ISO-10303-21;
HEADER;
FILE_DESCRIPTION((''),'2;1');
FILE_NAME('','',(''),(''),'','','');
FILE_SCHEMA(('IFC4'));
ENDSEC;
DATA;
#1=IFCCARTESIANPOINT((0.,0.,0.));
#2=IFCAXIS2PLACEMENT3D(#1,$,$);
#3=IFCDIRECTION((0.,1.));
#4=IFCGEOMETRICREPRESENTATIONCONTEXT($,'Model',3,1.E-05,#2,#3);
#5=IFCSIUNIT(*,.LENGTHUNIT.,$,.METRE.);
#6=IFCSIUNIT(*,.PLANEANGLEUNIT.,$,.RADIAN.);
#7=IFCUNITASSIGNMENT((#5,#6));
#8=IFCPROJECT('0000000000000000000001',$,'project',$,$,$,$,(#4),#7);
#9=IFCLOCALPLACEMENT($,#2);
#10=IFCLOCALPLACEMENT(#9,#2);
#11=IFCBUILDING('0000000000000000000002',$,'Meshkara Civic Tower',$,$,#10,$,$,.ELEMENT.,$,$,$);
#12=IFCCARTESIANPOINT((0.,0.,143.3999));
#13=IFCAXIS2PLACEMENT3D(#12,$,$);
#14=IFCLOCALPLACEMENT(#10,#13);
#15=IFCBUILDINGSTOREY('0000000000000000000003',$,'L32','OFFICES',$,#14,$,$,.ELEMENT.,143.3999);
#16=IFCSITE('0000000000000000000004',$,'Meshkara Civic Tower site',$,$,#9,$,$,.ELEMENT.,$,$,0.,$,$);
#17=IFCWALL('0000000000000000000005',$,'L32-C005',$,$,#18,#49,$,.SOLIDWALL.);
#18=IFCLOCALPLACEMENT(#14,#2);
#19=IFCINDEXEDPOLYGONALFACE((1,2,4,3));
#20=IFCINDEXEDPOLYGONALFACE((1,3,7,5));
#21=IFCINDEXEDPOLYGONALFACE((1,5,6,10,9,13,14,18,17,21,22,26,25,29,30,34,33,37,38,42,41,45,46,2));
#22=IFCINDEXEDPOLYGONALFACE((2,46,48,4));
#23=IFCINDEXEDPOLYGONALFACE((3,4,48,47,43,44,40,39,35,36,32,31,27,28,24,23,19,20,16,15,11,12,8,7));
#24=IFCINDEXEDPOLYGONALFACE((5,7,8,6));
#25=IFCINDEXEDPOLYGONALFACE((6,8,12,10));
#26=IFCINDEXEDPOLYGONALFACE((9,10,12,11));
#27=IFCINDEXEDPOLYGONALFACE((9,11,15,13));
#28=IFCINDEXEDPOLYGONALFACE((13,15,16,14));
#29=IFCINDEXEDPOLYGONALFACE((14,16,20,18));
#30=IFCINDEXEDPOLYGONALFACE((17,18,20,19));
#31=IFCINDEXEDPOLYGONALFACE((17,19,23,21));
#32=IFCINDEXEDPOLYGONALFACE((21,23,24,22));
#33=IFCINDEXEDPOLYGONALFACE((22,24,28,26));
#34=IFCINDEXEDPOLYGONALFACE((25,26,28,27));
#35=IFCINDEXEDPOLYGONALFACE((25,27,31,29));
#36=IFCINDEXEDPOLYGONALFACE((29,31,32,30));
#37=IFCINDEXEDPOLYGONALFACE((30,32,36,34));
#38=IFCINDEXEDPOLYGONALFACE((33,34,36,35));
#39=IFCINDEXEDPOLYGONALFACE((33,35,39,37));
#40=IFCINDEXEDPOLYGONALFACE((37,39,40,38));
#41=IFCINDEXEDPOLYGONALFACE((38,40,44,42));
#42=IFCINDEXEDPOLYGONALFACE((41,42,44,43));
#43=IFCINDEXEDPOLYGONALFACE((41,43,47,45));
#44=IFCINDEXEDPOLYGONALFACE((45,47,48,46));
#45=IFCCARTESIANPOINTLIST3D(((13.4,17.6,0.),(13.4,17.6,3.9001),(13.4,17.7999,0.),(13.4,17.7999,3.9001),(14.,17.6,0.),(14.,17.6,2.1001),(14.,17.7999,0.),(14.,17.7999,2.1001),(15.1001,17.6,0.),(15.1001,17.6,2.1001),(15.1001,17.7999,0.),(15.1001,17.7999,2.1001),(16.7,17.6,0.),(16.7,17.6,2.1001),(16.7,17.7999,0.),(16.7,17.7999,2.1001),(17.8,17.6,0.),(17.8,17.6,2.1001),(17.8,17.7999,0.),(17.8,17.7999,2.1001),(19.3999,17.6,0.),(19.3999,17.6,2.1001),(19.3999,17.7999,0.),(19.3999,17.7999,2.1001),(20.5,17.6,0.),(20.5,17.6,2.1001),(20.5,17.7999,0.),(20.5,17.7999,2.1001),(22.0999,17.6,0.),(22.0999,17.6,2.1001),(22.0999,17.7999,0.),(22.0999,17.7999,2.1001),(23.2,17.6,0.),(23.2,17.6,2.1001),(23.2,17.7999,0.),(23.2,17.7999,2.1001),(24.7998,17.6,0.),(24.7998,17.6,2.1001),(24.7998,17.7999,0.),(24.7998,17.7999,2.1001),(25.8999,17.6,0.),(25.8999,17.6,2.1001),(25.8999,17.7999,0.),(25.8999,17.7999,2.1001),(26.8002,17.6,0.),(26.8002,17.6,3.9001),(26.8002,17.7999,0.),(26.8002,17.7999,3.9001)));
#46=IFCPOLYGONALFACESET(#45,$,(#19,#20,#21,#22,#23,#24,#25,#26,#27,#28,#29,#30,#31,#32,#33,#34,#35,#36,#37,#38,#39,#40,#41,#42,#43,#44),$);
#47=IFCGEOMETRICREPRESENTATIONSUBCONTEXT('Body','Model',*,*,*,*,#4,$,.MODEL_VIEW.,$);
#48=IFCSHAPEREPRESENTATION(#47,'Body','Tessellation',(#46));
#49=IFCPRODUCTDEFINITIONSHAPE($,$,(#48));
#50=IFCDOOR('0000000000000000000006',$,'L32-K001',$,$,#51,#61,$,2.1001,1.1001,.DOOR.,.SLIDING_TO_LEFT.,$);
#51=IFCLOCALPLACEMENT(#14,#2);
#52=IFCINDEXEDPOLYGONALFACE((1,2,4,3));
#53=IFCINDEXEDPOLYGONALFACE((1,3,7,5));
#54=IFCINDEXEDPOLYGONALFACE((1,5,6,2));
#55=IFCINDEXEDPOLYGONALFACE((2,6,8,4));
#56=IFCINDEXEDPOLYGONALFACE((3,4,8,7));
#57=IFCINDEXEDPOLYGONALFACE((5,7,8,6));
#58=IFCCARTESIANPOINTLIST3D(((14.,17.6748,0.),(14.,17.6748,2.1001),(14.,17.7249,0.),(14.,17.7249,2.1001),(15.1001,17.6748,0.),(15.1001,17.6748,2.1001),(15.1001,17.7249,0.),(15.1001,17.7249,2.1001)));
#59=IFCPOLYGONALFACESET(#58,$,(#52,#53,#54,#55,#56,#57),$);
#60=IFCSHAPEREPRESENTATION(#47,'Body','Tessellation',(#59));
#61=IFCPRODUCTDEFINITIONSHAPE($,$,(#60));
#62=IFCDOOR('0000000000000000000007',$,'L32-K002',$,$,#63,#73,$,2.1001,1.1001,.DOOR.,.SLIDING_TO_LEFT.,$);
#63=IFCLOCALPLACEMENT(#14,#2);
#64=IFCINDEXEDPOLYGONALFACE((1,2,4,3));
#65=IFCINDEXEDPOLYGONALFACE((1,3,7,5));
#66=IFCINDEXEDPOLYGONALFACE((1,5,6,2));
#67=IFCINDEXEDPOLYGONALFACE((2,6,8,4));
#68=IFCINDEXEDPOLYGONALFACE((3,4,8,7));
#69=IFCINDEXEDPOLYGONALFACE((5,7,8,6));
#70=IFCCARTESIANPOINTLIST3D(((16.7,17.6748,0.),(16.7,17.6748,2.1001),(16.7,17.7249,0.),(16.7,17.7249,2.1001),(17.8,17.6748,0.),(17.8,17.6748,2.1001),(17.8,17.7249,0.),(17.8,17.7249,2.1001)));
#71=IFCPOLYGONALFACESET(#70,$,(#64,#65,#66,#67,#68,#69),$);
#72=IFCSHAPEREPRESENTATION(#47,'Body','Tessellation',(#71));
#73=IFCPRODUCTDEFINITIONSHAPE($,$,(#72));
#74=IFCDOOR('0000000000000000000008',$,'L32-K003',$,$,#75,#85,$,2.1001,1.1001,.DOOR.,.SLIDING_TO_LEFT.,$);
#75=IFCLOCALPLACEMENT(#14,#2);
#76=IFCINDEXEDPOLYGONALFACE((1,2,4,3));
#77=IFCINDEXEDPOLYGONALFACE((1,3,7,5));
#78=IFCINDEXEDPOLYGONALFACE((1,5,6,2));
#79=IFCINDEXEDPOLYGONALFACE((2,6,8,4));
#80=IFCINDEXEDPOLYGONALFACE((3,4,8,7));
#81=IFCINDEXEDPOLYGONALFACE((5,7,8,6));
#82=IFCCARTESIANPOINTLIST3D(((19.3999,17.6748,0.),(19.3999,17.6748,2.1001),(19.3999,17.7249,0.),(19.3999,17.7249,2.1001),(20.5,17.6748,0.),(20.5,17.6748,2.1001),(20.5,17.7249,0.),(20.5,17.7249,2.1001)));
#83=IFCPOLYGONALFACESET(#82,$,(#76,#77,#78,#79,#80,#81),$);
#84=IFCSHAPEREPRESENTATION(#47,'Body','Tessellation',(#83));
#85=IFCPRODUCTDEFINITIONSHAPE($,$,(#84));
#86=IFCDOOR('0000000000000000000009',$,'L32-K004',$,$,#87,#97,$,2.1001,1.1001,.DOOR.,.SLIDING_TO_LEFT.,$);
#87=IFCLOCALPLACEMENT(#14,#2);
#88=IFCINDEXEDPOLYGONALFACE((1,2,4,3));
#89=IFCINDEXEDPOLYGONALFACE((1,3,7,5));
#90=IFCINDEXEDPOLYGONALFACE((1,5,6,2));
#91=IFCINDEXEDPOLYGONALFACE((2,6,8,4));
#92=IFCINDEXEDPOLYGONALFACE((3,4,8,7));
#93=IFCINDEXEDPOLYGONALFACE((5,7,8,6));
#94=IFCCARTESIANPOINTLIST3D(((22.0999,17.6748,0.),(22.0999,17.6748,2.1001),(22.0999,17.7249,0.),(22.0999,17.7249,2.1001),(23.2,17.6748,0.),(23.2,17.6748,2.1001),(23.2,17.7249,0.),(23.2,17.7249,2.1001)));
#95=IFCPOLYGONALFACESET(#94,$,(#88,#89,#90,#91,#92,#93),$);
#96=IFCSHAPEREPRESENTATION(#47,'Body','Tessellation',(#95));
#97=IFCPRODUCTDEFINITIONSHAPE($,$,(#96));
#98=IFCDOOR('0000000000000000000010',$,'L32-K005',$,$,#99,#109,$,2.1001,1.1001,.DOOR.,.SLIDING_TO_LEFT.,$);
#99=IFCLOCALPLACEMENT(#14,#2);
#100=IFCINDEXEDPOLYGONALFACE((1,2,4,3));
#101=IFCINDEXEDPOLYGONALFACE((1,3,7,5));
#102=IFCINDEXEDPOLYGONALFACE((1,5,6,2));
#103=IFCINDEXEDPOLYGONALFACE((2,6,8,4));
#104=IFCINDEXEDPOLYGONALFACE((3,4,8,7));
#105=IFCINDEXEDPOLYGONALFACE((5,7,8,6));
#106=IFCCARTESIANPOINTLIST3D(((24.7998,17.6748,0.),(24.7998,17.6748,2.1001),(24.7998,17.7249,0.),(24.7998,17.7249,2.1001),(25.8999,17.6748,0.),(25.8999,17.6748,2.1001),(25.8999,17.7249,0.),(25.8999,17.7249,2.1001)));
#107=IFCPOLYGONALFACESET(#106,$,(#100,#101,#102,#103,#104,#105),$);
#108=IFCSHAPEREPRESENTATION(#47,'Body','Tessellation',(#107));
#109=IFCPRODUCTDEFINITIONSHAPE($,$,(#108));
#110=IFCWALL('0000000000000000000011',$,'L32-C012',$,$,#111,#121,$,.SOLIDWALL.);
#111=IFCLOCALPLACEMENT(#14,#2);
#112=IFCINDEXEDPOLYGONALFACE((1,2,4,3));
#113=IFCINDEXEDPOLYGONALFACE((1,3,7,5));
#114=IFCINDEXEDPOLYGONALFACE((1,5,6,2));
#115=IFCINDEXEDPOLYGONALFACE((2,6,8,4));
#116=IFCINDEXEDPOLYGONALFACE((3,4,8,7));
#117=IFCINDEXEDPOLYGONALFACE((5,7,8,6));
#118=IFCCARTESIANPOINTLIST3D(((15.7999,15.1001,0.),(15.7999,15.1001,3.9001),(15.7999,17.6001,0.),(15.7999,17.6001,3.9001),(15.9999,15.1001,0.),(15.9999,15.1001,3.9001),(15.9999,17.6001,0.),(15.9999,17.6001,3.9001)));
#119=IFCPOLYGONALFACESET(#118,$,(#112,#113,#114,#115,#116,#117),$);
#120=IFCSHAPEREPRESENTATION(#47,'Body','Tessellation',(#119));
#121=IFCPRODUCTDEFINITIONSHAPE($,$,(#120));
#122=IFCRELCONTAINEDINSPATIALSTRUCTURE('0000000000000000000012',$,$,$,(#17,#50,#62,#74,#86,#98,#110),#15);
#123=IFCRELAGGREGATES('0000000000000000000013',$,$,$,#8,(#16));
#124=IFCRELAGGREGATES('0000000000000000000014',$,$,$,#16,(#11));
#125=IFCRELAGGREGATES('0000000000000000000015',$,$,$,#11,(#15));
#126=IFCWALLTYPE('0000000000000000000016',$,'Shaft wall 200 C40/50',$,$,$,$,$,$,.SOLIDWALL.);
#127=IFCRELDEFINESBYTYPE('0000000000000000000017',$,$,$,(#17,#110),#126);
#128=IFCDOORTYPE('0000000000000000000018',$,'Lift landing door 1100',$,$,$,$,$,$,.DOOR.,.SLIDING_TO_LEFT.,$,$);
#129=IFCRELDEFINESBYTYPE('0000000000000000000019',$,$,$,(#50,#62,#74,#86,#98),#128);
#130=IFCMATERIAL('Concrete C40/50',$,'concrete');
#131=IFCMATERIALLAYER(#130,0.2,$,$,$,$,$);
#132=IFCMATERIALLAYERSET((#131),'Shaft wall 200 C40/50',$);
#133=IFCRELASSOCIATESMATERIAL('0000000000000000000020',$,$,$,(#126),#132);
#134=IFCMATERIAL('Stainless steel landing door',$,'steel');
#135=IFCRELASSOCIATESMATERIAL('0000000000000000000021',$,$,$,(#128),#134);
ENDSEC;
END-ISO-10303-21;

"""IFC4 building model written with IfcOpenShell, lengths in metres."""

from ifc_helpers import new_model, si_unit, direction, frame, frame_2d, origin, place, context, subcontext, project, spatial, rectangle, extrude, material, layer, layer_set, type_object, element, fill, save


model = new_model("IFC4")

# Units and contexts
model_context = context("Model", 3, precision=1e-05, world=origin(), true_north=direction((0.0, 1.0)))
body_context = subcontext(model_context, "Body", "Model", "MODEL_VIEW")
ifc_project = project(units=[si_unit("LENGTHUNIT", "METRE"), si_unit("PLANEANGLEUNIT", "RADIAN")], contexts=[model_context])

# Site, building, storey
site_placement = place(None, origin())
site = spatial("IfcSite", under=ifc_project, at=site_placement, Name="Meshkara Civic Tower site", CompositionType="ELEMENT", RefElevation=0.0)
building_placement = place(site_placement, origin())
building = spatial("IfcBuilding", under=site, at=building_placement, Name="Meshkara Civic Tower", CompositionType="ELEMENT")
storey_placement = place(building_placement, frame((0.0, 0.0, 143.3999)))
storey = spatial("IfcBuildingStorey", under=building, at=storey_placement, Name="L32", Description="OFFICES", CompositionType="ELEMENT", Elevation=143.3999)

# Wall, openings, doors
ifc_material_1 = material(Name="Concrete C40/50", Category="concrete")
ifc_layer_1 = layer(ifc_material_1, 0.2)
ifc_layer_set_1 = layer_set([ifc_layer_1], Name="Shaft wall 200 C40/50")
wall_type_1 = type_object("IfcWallType", Name="Shaft wall 200 C40/50", PredefinedType="SOLIDWALL", material=ifc_layer_set_1)
wall_1_placement = place(storey_placement, frame((13.3999, 17.7, 0.0), z_axis=(0.0, 0.0, 1.0), x_axis=(1.0, 0.0, 0.0)))
wall_1 = element("IfcWall", 1, at=wall_1_placement, inside=storey, type_object=wall_type_1, Name="L32-C005", PredefinedType="SOLIDWALL", context=body_context, shape_type="SweptSolid", body=[
    extrude(rectangle(XDim=13.4001, YDim=0.2, at=frame_2d((6.7002, 0.0))), origin(), (0.0, 0.0, 1.0), 3.9001),
])
opening_1_placement = place(wall_1_placement, frame((0.6001, 0.0, 0.0)))
opening_1 = element("IfcOpeningElement", 2, at=opening_1_placement, cuts=wall_1, PredefinedType="OPENING", context=body_context, shape_type="SweptSolid", body=[
    extrude(rectangle(XDim=1.1001, YDim=2.1001, at=frame_2d((0.55, 1.05))), frame((0.0, 0.1099, 0.0), z_axis=(0.0, -1.0, 0.0), x_axis=(1.0, 0.0, 0.0)), (0.0, 0.0, 1.0), 0.22),
])
opening_2_placement = place(wall_1_placement, frame((3.3, 0.0, 0.0)))
opening_2 = element("IfcOpeningElement", 3, at=opening_2_placement, cuts=wall_1, PredefinedType="OPENING", context=body_context, shape_type="SweptSolid", body=[
    extrude(rectangle(XDim=1.1001, YDim=2.1001, at=frame_2d((0.55, 1.05))), frame((0.0, 0.1099, 0.0), z_axis=(0.0, -1.0, 0.0), x_axis=(1.0, 0.0, 0.0)), (0.0, 0.0, 1.0), 0.22),
])
opening_3_placement = place(wall_1_placement, frame((6.0, 0.0, 0.0)))
opening_3 = element("IfcOpeningElement", 4, at=opening_3_placement, cuts=wall_1, PredefinedType="OPENING", context=body_context, shape_type="SweptSolid", body=[
    extrude(rectangle(XDim=1.1001, YDim=2.1001, at=frame_2d((0.55, 1.05))), frame((0.0, 0.1099, 0.0), z_axis=(0.0, -1.0, 0.0), x_axis=(1.0, 0.0, 0.0)), (0.0, 0.0, 1.0), 0.22),
])
opening_4_placement = place(wall_1_placement, frame((8.7, 0.0, 0.0)))
opening_4 = element("IfcOpeningElement", 5, at=opening_4_placement, cuts=wall_1, PredefinedType="OPENING", context=body_context, shape_type="SweptSolid", body=[
    extrude(rectangle(XDim=1.1001, YDim=2.1001, at=frame_2d((0.55, 1.05))), frame((0.0, 0.1099, 0.0), z_axis=(0.0, -1.0, 0.0), x_axis=(1.0, 0.0, 0.0)), (0.0, 0.0, 1.0), 0.22),
])
opening_5_placement = place(wall_1_placement, frame((11.3999, 0.0, 0.0)))
opening_5 = element("IfcOpeningElement", 6, at=opening_5_placement, cuts=wall_1, PredefinedType="OPENING", context=body_context, shape_type="SweptSolid", body=[
    extrude(rectangle(XDim=1.1001, YDim=2.1001, at=frame_2d((0.55, 1.05))), frame((0.0, 0.1099, 0.0), z_axis=(0.0, -1.0, 0.0), x_axis=(1.0, 0.0, 0.0)), (0.0, 0.0, 1.0), 0.22),
])
ifc_material_2 = material(Name="Stainless steel landing door", Category="steel")
door_type_1 = type_object("IfcDoorType", Name="Lift landing door 1100", OperationType="SLIDING_TO_LEFT", PredefinedType="DOOR", material=ifc_material_2)
door_1_placement = place(opening_1_placement, origin())
door_1 = element("IfcDoor", 7, at=door_1_placement, inside=storey, type_object=door_type_1, Name="L32-K001", OperationType="SLIDING_TO_LEFT", OverallHeight=2.1001, OverallWidth=1.1001, PredefinedType="DOOR", context=body_context, shape_type="SweptSolid", body=[
    extrude(rectangle(XDim=1.1001, YDim=2.1001, at=frame_2d((0.55, 1.05))), frame((0.0, 0.0249, 0.0), z_axis=(0.0, -1.0, 0.0), x_axis=(1.0, 0.0, 0.0)), (0.0, 0.0, 1.0), 0.05),
])
fill(opening_1, door_1)
door_2_placement = place(opening_2_placement, origin())
door_2 = element("IfcDoor", 8, at=door_2_placement, inside=storey, type_object=door_type_1, Name="L32-K002", OperationType="SLIDING_TO_LEFT", OverallHeight=2.1001, OverallWidth=1.1001, PredefinedType="DOOR", context=body_context, shape_type="SweptSolid", body=[
    extrude(rectangle(XDim=1.1001, YDim=2.1001, at=frame_2d((0.55, 1.05))), frame((0.0, 0.0249, 0.0), z_axis=(0.0, -1.0, 0.0), x_axis=(1.0, 0.0, 0.0)), (0.0, 0.0, 1.0), 0.05),
])
fill(opening_2, door_2)
door_3_placement = place(opening_3_placement, origin())
door_3 = element("IfcDoor", 9, at=door_3_placement, inside=storey, type_object=door_type_1, Name="L32-K003", OperationType="SLIDING_TO_LEFT", OverallHeight=2.1001, OverallWidth=1.1001, PredefinedType="DOOR", context=body_context, shape_type="SweptSolid", body=[
    extrude(rectangle(XDim=1.1001, YDim=2.1001, at=frame_2d((0.55, 1.05))), frame((0.0, 0.0249, 0.0), z_axis=(0.0, -1.0, 0.0), x_axis=(1.0, 0.0, 0.0)), (0.0, 0.0, 1.0), 0.05),
])
fill(opening_3, door_3)
door_4_placement = place(opening_4_placement, origin())
door_4 = element("IfcDoor", 10, at=door_4_placement, inside=storey, type_object=door_type_1, Name="L32-K004", OperationType="SLIDING_TO_LEFT", OverallHeight=2.1001, OverallWidth=1.1001, PredefinedType="DOOR", context=body_context, shape_type="SweptSolid", body=[
    extrude(rectangle(XDim=1.1001, YDim=2.1001, at=frame_2d((0.55, 1.05))), frame((0.0, 0.0249, 0.0), z_axis=(0.0, -1.0, 0.0), x_axis=(1.0, 0.0, 0.0)), (0.0, 0.0, 1.0), 0.05),
])
fill(opening_4, door_4)
door_5_placement = place(opening_5_placement, origin())
door_5 = element("IfcDoor", 11, at=door_5_placement, inside=storey, type_object=door_type_1, Name="L32-K005", OperationType="SLIDING_TO_LEFT", OverallHeight=2.1001, OverallWidth=1.1001, PredefinedType="DOOR", context=body_context, shape_type="SweptSolid", body=[
    extrude(rectangle(XDim=1.1001, YDim=2.1001, at=frame_2d((0.55, 1.05))), frame((0.0, 0.0249, 0.0), z_axis=(0.0, -1.0, 0.0), x_axis=(1.0, 0.0, 0.0)), (0.0, 0.0, 1.0), 0.05),
])
fill(opening_5, door_5)

# Wall
wall_2_placement = place(storey_placement, frame((15.8999, 15.1001, 0.0), z_axis=(0.0, 0.0, 1.0), x_axis=(0.0, 1.0, 0.0)))
element("IfcWall", 12, at=wall_2_placement, inside=storey, type_object=wall_type_1, Name="L32-C012", PredefinedType="SOLIDWALL", context=body_context, shape_type="SweptSolid", body=[
    extrude(rectangle(XDim=2.5, YDim=0.2, at=frame_2d((1.25, 0.0))), origin(), (0.0, 0.0, 1.0), 3.9001),
])

save(model, "model.ifc")
